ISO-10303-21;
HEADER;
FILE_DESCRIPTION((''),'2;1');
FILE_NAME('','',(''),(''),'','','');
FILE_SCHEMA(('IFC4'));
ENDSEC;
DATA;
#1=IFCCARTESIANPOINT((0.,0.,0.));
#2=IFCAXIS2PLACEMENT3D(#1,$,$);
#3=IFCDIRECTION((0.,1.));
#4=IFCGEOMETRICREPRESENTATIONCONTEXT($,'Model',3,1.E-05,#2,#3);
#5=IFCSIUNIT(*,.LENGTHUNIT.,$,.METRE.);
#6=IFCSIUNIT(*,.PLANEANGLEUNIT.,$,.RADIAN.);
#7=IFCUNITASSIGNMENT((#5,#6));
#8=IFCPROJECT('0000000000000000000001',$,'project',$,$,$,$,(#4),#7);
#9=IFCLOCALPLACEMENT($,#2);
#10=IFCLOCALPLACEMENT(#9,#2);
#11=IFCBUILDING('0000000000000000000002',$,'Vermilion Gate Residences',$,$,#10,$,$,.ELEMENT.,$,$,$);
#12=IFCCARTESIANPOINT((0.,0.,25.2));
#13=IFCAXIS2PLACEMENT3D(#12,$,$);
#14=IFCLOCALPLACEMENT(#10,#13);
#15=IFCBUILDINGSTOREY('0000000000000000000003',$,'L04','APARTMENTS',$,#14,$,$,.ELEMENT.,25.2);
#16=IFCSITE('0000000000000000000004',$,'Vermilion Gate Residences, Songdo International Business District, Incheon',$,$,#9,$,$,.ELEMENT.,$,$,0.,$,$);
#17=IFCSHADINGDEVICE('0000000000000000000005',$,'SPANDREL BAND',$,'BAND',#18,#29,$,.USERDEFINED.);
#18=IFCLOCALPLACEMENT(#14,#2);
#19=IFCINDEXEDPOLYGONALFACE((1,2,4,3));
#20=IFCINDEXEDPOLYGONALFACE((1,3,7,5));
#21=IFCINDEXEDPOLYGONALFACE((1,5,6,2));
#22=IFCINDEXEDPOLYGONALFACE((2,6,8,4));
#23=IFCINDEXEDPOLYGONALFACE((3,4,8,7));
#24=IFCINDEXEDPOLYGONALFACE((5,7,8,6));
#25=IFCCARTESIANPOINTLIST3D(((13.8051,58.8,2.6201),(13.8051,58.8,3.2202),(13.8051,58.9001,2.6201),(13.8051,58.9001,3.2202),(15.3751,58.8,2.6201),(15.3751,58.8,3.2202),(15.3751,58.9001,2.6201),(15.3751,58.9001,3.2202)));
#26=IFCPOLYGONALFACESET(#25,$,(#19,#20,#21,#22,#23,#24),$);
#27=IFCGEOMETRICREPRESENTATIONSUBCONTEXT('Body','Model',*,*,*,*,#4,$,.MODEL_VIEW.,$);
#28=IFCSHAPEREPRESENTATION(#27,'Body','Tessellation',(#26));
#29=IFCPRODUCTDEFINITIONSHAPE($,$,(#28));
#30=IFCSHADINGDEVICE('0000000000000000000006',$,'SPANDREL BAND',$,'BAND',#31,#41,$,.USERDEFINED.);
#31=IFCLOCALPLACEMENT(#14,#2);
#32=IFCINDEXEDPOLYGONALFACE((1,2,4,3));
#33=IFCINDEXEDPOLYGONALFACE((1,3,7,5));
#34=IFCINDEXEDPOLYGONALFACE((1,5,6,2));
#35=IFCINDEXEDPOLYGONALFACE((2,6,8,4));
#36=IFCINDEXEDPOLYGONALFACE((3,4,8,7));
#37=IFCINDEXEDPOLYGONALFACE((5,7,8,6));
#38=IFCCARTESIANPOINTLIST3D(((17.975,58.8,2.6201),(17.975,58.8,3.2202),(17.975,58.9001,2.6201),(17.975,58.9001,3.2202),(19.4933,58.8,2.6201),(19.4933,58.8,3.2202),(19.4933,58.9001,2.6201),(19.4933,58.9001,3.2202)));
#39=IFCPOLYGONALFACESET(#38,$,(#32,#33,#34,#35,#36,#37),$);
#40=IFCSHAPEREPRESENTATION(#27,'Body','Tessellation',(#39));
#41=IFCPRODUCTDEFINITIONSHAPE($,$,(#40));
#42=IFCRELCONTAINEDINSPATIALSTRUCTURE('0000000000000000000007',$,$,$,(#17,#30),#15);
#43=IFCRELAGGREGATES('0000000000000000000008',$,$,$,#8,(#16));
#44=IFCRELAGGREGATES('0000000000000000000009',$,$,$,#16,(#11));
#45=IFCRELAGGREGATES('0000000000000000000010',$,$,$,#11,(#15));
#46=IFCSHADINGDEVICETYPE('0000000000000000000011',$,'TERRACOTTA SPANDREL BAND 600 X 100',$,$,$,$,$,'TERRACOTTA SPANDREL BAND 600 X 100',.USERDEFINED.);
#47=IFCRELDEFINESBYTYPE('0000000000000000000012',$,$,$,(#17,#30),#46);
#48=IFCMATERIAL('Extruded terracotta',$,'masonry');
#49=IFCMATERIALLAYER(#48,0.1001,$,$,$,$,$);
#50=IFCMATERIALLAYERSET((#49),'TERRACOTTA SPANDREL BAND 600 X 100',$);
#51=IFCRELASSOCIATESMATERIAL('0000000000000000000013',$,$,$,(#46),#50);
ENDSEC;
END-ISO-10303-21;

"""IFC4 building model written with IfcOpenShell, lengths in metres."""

from ifc_helpers import new_model, si_unit, direction, frame, origin, origin_2d, place, context, subcontext, project, spatial, rectangle, extrude, material, layer, layer_set, type_object, element, save


model = new_model("IFC4")

# Units and contexts
model_context = context("Model", 3, precision=1e-05, world=origin(), true_north=direction((0.0, 1.0)))
body_context = subcontext(model_context, "Body", "Model", "MODEL_VIEW")
ifc_project = project(units=[si_unit("LENGTHUNIT", "METRE"), si_unit("PLANEANGLEUNIT", "RADIAN")], contexts=[model_context])

# Site, building, storey
site_placement = place(None, origin())
site = spatial("IfcSite", under=ifc_project, at=site_placement, Name="Vermilion Gate Residences, Songdo International Business District, Incheon", CompositionType="ELEMENT", RefElevation=0.0)
building_placement = place(site_placement, origin())
building = spatial("IfcBuilding", under=site, at=building_placement, Name="Vermilion Gate Residences", CompositionType="ELEMENT")
storey_placement = place(building_placement, frame((0.0, 0.0, 25.2)))
storey = spatial("IfcBuildingStorey", under=building, at=storey_placement, Name="L04", Description="APARTMENTS", CompositionType="ELEMENT", Elevation=25.2)

# Shading devices
ifc_material_1 = material(Name="Extruded terracotta", Category="masonry")
ifc_layer_1 = layer(ifc_material_1, 0.1001)
ifc_layer_set_1 = layer_set([ifc_layer_1], Name="TERRACOTTA SPANDREL BAND 600 X 100")
shading_device_type = type_object("IfcShadingDeviceType", Name="TERRACOTTA SPANDREL BAND 600 X 100", ElementType="TERRACOTTA SPANDREL BAND 600 X 100", PredefinedType="USERDEFINED", material=ifc_layer_set_1)
shading_device_1_placement = place(storey_placement, frame((14.5901, 58.8501, 2.6201), z_axis=(0.0, 0.0, 1.0), x_axis=(1.0, 0.0, 0.0)))
element("IfcShadingDevice", 1, at=shading_device_1_placement, inside=storey, type_object=shading_device_type, Name="SPANDREL BAND", ObjectType="BAND", PredefinedType="USERDEFINED", context=body_context, shape_type="SweptSolid", body=[
    extrude(rectangle(XDim=1.5701, YDim=0.1001, at=origin_2d()), origin(), (0.0, 0.0, 1.0), 0.6001),
])
shading_device_2_placement = place(storey_placement, frame((18.7341, 58.8501, 2.6201), z_axis=(0.0, 0.0, 1.0), x_axis=(1.0, 0.0, 0.0)))
element("IfcShadingDevice", 2, at=shading_device_2_placement, inside=storey, type_object=shading_device_type, Name="SPANDREL BAND", ObjectType="BAND", PredefinedType="USERDEFINED", context=body_context, shape_type="SweptSolid", body=[
    extrude(rectangle(XDim=1.5183, YDim=0.1001, at=origin_2d()), origin(), (0.0, 0.0, 1.0), 0.6001),
])

save(model, "model.ifc")
